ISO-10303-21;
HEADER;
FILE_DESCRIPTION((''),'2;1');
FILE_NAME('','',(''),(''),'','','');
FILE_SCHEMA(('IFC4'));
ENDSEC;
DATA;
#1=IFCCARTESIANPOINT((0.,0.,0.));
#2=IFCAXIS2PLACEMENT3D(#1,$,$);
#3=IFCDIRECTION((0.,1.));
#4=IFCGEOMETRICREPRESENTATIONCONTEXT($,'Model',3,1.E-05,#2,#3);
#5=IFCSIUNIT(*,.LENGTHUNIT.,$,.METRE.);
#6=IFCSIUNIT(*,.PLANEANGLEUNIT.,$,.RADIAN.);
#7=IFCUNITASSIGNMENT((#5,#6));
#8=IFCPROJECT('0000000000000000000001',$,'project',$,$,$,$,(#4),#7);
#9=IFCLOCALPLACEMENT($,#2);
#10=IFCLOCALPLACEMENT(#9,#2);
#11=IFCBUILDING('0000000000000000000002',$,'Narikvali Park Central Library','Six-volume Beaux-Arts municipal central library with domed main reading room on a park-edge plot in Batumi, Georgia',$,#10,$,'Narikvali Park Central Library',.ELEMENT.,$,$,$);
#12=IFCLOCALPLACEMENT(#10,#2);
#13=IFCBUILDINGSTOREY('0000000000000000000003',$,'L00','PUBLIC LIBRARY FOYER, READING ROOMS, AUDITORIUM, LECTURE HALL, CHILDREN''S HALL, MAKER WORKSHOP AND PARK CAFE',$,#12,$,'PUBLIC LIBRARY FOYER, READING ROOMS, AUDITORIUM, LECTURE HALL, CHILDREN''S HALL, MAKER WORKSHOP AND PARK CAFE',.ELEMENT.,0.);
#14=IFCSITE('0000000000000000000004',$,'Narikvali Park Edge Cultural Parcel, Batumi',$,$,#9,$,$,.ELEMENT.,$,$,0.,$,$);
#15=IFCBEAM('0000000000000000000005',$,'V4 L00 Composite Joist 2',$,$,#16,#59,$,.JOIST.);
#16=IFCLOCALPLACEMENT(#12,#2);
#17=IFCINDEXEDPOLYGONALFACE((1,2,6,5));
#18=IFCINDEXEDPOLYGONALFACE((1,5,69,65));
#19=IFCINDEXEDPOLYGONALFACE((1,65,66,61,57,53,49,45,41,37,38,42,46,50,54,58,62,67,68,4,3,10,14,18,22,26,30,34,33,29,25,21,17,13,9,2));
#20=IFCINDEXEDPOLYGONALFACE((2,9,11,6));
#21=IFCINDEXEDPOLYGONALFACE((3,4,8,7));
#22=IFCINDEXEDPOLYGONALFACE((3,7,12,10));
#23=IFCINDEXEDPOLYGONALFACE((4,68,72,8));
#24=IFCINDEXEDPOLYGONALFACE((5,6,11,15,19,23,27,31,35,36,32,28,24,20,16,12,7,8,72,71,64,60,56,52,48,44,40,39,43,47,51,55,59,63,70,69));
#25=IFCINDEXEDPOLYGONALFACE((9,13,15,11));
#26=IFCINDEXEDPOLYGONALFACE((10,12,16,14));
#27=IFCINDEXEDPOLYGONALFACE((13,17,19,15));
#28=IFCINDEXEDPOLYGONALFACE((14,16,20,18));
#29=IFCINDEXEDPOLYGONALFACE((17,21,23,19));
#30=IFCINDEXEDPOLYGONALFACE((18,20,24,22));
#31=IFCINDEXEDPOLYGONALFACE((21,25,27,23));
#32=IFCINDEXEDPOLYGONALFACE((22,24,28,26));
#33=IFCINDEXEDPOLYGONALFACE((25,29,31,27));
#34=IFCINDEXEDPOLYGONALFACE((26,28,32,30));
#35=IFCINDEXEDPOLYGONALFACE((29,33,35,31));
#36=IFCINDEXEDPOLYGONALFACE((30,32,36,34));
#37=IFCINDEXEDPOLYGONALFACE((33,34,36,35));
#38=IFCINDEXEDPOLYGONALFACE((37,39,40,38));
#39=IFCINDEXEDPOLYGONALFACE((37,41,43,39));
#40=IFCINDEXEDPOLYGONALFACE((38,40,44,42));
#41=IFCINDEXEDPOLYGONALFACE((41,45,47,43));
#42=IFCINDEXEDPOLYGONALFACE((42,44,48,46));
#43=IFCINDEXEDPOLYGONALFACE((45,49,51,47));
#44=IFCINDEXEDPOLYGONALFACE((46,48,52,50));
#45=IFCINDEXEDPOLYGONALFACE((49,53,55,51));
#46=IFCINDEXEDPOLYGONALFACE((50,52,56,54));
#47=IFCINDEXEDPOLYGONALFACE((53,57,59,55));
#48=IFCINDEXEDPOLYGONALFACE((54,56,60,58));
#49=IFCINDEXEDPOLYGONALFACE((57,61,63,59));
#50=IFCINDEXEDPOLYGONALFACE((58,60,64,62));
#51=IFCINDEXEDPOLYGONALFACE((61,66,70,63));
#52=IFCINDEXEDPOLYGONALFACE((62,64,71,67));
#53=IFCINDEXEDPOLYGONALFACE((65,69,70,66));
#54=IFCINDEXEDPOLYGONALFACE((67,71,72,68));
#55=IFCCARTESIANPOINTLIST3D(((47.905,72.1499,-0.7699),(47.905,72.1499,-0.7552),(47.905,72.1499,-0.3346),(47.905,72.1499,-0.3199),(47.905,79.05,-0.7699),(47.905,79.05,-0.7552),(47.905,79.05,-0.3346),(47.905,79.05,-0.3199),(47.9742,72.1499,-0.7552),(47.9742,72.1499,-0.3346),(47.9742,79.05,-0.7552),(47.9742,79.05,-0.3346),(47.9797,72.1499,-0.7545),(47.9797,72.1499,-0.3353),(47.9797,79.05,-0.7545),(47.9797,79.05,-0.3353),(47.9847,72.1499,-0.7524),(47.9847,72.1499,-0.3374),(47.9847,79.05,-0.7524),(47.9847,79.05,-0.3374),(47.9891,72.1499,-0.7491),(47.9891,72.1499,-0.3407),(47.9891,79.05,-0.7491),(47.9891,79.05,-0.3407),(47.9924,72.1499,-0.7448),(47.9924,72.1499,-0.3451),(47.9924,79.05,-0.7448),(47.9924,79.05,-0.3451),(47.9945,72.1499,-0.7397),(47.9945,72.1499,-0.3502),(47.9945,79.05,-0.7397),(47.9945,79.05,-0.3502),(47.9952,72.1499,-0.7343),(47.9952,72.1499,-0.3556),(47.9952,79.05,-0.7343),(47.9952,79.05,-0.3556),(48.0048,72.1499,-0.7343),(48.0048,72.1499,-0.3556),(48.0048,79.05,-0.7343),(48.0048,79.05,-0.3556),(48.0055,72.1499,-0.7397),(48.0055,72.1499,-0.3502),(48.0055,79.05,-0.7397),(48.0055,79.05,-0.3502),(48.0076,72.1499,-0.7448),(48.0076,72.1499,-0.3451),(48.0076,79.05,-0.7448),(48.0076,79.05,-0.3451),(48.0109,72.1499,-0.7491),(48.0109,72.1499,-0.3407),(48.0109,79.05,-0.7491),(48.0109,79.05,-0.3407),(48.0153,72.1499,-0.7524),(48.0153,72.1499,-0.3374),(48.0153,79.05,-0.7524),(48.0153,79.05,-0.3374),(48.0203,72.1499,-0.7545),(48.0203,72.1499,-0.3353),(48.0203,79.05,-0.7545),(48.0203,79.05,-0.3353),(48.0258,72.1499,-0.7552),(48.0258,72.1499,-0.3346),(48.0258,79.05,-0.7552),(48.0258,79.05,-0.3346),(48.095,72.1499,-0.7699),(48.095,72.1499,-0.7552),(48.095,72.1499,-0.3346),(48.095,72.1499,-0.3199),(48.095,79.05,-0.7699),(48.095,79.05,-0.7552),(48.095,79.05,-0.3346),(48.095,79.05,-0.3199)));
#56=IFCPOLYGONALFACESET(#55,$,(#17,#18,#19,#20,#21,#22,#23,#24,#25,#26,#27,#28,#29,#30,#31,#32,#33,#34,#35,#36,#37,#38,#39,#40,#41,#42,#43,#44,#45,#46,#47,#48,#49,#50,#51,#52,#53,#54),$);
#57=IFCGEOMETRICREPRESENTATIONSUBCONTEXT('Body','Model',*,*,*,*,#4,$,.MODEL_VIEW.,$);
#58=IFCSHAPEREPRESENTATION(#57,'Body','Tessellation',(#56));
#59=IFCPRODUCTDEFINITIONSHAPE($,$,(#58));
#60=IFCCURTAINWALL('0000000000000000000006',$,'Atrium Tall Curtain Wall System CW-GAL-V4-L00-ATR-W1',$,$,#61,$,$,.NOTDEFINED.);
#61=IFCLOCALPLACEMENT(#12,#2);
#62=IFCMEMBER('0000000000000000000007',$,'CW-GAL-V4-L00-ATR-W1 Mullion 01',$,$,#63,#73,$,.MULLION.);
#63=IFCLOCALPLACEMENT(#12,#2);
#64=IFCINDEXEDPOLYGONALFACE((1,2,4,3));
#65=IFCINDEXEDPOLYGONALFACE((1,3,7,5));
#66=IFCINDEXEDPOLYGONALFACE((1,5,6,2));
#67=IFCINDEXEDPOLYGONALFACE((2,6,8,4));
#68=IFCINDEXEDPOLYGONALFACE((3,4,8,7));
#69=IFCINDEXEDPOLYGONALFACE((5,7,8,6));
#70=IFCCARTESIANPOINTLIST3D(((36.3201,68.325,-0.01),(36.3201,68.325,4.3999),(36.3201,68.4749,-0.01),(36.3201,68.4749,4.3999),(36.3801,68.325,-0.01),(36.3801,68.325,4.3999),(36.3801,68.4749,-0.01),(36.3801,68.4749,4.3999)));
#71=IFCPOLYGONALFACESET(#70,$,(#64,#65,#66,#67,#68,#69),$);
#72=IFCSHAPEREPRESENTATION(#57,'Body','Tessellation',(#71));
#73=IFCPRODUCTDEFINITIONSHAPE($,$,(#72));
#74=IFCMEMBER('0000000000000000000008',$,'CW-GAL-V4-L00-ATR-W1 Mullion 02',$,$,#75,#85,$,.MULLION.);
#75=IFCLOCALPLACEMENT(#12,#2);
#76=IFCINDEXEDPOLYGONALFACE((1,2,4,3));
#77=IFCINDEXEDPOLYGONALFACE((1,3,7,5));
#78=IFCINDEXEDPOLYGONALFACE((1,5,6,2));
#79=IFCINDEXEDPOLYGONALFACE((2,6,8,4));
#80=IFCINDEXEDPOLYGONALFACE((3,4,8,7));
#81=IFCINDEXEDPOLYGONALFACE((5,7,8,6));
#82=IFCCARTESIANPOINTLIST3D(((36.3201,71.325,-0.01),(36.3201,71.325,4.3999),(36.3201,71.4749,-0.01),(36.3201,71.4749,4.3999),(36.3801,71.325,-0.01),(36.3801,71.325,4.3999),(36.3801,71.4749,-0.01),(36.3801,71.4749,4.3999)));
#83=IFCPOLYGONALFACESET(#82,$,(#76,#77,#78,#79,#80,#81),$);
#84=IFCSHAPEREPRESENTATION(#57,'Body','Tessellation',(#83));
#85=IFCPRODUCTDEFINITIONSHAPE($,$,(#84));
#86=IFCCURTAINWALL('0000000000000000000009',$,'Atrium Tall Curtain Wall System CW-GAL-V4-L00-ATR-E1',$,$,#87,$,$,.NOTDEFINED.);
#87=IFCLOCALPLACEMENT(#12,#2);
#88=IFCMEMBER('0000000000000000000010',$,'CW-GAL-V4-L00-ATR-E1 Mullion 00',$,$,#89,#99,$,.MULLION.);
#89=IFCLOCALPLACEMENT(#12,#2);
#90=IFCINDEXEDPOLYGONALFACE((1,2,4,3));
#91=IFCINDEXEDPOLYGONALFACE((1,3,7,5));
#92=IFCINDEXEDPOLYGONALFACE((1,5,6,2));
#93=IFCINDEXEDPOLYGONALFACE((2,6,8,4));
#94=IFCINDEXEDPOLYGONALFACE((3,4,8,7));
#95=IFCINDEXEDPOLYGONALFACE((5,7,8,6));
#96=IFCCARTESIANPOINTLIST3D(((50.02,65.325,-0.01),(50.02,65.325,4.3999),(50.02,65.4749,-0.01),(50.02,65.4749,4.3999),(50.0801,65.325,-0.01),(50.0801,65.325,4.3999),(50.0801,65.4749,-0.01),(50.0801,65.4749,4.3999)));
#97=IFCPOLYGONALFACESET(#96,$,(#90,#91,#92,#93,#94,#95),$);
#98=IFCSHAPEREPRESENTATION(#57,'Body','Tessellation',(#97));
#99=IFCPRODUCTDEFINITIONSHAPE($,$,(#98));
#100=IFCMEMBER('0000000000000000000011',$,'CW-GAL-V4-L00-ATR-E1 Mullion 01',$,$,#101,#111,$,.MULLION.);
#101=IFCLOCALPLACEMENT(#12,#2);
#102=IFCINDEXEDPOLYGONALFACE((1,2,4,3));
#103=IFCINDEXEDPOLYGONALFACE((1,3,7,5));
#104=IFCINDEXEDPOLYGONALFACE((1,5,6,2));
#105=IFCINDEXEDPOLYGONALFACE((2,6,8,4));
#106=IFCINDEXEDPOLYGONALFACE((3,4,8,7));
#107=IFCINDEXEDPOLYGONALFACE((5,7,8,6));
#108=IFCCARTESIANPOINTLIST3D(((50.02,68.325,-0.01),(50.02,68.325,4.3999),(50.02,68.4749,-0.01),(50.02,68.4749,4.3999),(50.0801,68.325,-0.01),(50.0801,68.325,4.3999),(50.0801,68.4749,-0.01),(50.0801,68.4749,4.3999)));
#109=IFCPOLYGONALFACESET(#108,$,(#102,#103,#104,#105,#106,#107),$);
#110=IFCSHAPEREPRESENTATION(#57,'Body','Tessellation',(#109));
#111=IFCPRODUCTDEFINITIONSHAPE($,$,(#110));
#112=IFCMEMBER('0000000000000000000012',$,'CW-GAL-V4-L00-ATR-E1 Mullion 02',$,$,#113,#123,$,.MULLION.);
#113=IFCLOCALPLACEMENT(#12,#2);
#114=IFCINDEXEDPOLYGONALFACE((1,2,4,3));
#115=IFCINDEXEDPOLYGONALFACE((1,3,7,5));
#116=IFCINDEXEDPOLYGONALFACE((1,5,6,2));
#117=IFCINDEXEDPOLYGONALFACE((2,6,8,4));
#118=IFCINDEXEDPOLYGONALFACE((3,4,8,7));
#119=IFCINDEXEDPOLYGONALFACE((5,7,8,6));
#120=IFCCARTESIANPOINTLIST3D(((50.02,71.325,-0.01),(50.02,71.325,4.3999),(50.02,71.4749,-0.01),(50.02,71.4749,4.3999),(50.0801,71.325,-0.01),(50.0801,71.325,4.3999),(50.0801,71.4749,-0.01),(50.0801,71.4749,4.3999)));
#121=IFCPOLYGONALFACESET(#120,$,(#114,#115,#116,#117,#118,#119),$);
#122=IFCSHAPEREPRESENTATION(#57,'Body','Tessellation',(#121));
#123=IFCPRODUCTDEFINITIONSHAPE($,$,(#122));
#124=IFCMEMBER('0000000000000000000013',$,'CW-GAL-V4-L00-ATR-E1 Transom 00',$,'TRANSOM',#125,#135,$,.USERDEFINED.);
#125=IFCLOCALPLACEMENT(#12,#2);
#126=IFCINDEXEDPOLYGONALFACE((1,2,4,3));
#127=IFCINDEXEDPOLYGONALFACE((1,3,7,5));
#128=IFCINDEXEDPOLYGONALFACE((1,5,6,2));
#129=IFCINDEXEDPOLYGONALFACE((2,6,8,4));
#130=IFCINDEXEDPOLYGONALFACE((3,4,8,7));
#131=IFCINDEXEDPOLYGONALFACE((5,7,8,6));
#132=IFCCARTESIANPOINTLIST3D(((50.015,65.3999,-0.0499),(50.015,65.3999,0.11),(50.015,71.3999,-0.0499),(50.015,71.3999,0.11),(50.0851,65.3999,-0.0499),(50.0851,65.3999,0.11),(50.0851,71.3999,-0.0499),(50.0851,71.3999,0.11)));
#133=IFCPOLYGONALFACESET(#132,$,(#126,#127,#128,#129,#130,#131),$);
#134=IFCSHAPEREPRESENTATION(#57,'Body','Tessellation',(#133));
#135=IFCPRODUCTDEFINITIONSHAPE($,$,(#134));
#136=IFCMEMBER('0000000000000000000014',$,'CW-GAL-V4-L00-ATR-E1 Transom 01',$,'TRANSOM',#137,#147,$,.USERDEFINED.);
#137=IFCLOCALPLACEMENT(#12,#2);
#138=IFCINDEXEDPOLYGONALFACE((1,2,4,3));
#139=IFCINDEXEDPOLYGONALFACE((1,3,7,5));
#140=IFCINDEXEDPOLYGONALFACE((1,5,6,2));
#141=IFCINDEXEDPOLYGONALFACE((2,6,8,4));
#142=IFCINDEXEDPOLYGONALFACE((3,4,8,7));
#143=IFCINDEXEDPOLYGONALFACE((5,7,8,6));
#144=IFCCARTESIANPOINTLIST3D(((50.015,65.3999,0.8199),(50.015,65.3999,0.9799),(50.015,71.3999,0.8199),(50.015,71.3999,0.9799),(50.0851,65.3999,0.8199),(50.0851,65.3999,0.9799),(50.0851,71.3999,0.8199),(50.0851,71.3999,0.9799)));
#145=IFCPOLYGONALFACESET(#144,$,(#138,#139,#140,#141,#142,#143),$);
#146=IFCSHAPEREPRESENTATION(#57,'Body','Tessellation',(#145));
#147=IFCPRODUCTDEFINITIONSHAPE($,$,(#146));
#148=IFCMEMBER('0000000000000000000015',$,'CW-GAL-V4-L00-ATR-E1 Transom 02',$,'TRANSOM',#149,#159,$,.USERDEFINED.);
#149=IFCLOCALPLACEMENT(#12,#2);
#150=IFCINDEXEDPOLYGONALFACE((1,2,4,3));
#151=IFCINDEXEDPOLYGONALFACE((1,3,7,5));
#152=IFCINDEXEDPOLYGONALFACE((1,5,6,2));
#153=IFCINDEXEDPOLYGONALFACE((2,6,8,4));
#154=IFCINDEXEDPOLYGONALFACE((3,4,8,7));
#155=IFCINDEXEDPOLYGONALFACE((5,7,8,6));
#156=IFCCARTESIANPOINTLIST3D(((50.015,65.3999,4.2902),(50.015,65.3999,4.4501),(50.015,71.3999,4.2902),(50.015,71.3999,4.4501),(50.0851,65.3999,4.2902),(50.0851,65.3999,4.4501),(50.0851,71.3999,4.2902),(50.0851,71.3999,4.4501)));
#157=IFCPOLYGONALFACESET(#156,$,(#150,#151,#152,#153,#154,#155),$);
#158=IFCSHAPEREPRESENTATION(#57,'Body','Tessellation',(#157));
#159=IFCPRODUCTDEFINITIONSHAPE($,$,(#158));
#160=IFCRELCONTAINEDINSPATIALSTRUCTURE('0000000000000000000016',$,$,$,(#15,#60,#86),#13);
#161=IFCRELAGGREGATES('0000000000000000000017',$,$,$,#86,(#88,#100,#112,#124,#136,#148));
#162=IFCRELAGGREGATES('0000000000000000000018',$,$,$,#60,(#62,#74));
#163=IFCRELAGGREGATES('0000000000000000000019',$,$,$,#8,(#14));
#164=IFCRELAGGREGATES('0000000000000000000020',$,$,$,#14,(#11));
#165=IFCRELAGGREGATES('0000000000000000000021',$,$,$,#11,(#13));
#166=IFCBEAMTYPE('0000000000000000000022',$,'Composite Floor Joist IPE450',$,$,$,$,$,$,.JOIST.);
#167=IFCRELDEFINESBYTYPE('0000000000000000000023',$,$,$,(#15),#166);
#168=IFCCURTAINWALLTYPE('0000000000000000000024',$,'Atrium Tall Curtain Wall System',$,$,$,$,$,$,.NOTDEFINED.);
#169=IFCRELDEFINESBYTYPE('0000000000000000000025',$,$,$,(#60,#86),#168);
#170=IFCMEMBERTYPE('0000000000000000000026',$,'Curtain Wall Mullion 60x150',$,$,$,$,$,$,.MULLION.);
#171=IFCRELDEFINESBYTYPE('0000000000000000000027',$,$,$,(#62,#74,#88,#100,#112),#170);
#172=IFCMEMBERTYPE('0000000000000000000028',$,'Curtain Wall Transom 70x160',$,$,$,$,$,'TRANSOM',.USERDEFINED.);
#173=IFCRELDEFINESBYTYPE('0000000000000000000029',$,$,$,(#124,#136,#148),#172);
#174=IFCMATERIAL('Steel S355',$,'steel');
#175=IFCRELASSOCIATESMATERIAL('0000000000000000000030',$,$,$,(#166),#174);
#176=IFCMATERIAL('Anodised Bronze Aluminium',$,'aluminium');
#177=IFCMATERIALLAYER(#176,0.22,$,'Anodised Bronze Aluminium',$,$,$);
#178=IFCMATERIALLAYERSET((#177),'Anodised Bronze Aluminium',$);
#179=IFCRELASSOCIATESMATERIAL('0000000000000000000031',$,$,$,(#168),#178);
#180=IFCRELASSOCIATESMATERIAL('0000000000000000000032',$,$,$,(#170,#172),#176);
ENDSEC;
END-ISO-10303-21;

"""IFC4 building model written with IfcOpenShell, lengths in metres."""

from ifc_helpers import new_model, si_unit, direction, frame, origin, origin_2d, place, context, subcontext, project, spatial, rectangle, i_section, extrude, material, layer, layer_set, material_profile, profile_set, type_object, element, aggregate, save


model = new_model("IFC4")

# Units and contexts
model_context = context("Model", 3, precision=1e-05, world=origin(), true_north=direction((0.0, 1.0)))
body_context = subcontext(model_context, "Body", "Model", "MODEL_VIEW")
ifc_project = project(units=[si_unit("LENGTHUNIT", "METRE"), si_unit("PLANEANGLEUNIT", "RADIAN")], contexts=[model_context])

# Site, building, storey
site_placement = place(None, origin())
site = spatial("IfcSite", under=ifc_project, at=site_placement, Name="Narikvali Park Edge Cultural Parcel, Batumi", CompositionType="ELEMENT", RefElevation=0.0)
building_placement = place(site_placement, origin())
building = spatial("IfcBuilding", under=site, at=building_placement, Name="Narikvali Park Central Library", Description="Six-volume Beaux-Arts municipal central library with domed main reading room on a park-edge plot in Batumi, Georgia", LongName="Narikvali Park Central Library", CompositionType="ELEMENT")
storey_placement = place(building_placement, origin())
storey = spatial("IfcBuildingStorey", under=building, at=storey_placement, Name="L00", Description="PUBLIC LIBRARY FOYER, READING ROOMS, AUDITORIUM, LECTURE HALL, CHILDREN'S HALL, MAKER WORKSHOP AND PARK CAFE", LongName="PUBLIC LIBRARY FOYER, READING ROOMS, AUDITORIUM, LECTURE HALL, CHILDREN'S HALL, MAKER WORKSHOP AND PARK CAFE", CompositionType="ELEMENT", Elevation=0.0)

# Shared definitions
ifc_material_1 = material(Name="Steel S355", Category="steel")

# Beam
ifc_material_profile_1 = material_profile(ifc_material_1, i_section(OverallWidth=0.1899, OverallDepth=0.45, WebThickness=0.0095, FlangeThickness=0.0146, FilletRadius=0.021, at=origin_2d()), Name="IPE 450")
ifc_profile_set_1 = profile_set([ifc_material_profile_1], Name="Steel S355")
beam_type_1 = type_object("IfcBeamType", Name="Composite Floor Joist IPE450", PredefinedType="JOIST", material=ifc_profile_set_1)
for number, where, z_axis, x_axis, name in (
    (1, (48.0, 72.1499, -0.5449), (0.0, 1.0, 0.0), (-1.0, 0.0, 0.0), "V4 L00 Composite Joist 2"),
):
    element("IfcBeam", number, at=place(storey_placement, frame(where, z_axis=z_axis, x_axis=x_axis)), inside=storey, type_object=beam_type_1, Name=name, PredefinedType="JOIST", context=body_context, shape_type="SweptSolid", body=[
        extrude(i_section(OverallWidth=0.1899, OverallDepth=0.45, WebThickness=0.0095, FlangeThickness=0.0146, FilletRadius=0.021, at=origin_2d()), origin(), (0.0, 0.0, 1.0), 6.9001),
    ])

# Curtain walls, members
ifc_material_2 = material(Name="Anodised Bronze Aluminium", Category="aluminium")
ifc_layer_1 = layer(ifc_material_2, 0.22, Name="Anodised Bronze Aluminium")
ifc_layer_set_1 = layer_set([ifc_layer_1], Name="Anodised Bronze Aluminium")
curtain_wall_type = type_object("IfcCurtainWallType", Name="Atrium Tall Curtain Wall System", PredefinedType="NOTDEFINED", material=ifc_layer_set_1)
curtain_wall_1_placement = place(storey_placement, origin())
curtain_wall_1 = element("IfcCurtainWall", 2, at=curtain_wall_1_placement, inside=storey, type_object=curtain_wall_type, Name="Atrium Tall Curtain Wall System CW-GAL-V4-L00-ATR-W1", PredefinedType="NOTDEFINED")
ifc_material_profile_2 = material_profile(ifc_material_2, rectangle(XDim=0.0601, YDim=0.1499, at=origin_2d()), Name="CW MULLION 60x150")
ifc_profile_set_2 = profile_set([ifc_material_profile_2], Name="Anodised Bronze Aluminium")
member_type_1 = type_object("IfcMemberType", Name="Curtain Wall Mullion 60x150", PredefinedType="MULLION", material=ifc_profile_set_2)
member_1_placement = place(storey_placement, frame((36.3501, 68.3999, -0.01), z_axis=(0.0, 0.0, 1.0), x_axis=(1.0, 0.0, 0.0)))
member_1 = element("IfcMember", 3, at=member_1_placement, type_object=member_type_1, Name="CW-GAL-V4-L00-ATR-W1 Mullion 01", PredefinedType="MULLION", context=body_context, shape_type="SweptSolid", body=[
    extrude(rectangle(XDim=0.0601, YDim=0.1499, at=origin_2d()), origin(), (0.0, 0.0, 1.0), 4.4099),
])
member_2_placement = place(storey_placement, frame((36.3501, 71.3999, -0.01), z_axis=(0.0, 0.0, 1.0), x_axis=(1.0, 0.0, 0.0)))
member_2 = element("IfcMember", 4, at=member_2_placement, type_object=member_type_1, Name="CW-GAL-V4-L00-ATR-W1 Mullion 02", PredefinedType="MULLION", context=body_context, shape_type="SweptSolid", body=[
    extrude(rectangle(XDim=0.0601, YDim=0.1499, at=origin_2d()), origin(), (0.0, 0.0, 1.0), 4.4099),
])
curtain_wall_2_placement = place(storey_placement, origin())
curtain_wall_2 = element("IfcCurtainWall", 5, at=curtain_wall_2_placement, inside=storey, type_object=curtain_wall_type, Name="Atrium Tall Curtain Wall System CW-GAL-V4-L00-ATR-E1", PredefinedType="NOTDEFINED")
member_3_placement = place(storey_placement, frame((50.05, 65.3999, -0.01), z_axis=(0.0, 0.0, 1.0), x_axis=(1.0, 0.0, 0.0)))
member_3 = element("IfcMember", 6, at=member_3_placement, type_object=member_type_1, Name="CW-GAL-V4-L00-ATR-E1 Mullion 00", PredefinedType="MULLION", context=body_context, shape_type="SweptSolid", body=[
    extrude(rectangle(XDim=0.0601, YDim=0.1499, at=origin_2d()), origin(), (0.0, 0.0, 1.0), 4.4099),
])
member_4_placement = place(storey_placement, frame((50.05, 68.3999, -0.01), z_axis=(0.0, 0.0, 1.0), x_axis=(1.0, 0.0, 0.0)))
member_4 = element("IfcMember", 7, at=member_4_placement, type_object=member_type_1, Name="CW-GAL-V4-L00-ATR-E1 Mullion 01", PredefinedType="MULLION", context=body_context, shape_type="SweptSolid", body=[
    extrude(rectangle(XDim=0.0601, YDim=0.1499, at=origin_2d()), origin(), (0.0, 0.0, 1.0), 4.4099),
])
member_5_placement = place(storey_placement, frame((50.05, 71.3999, -0.01), z_axis=(0.0, 0.0, 1.0), x_axis=(1.0, 0.0, 0.0)))
member_5 = element("IfcMember", 8, at=member_5_placement, type_object=member_type_1, Name="CW-GAL-V4-L00-ATR-E1 Mullion 02", PredefinedType="MULLION", context=body_context, shape_type="SweptSolid", body=[
    extrude(rectangle(XDim=0.0601, YDim=0.1499, at=origin_2d()), origin(), (0.0, 0.0, 1.0), 4.4099),
])
ifc_material_profile_3 = material_profile(ifc_material_2, rectangle(XDim=0.0701, YDim=0.1599, at=origin_2d()), Name="CW TRANSOM 70x160")
ifc_profile_set_3 = profile_set([ifc_material_profile_3], Name="Anodised Bronze Aluminium")
member_type_2 = type_object("IfcMemberType", Name="Curtain Wall Transom 70x160", ElementType="TRANSOM", PredefinedType="USERDEFINED", material=ifc_profile_set_3)
member_6_placement = place(storey_placement, frame((50.05, 65.3999, 0.03), z_axis=(0.0, 1.0, 0.0), x_axis=(-1.0, 0.0, 0.0)))
member_6 = element("IfcMember", 9, at=member_6_placement, type_object=member_type_2, Name="CW-GAL-V4-L00-ATR-E1 Transom 00", ObjectType="TRANSOM", PredefinedType="USERDEFINED", context=body_context, shape_type="SweptSolid", body=[
    extrude(rectangle(XDim=0.0701, YDim=0.1599, at=origin_2d()), origin(), (0.0, 0.0, 1.0), 6.0),
])
member_7_placement = place(storey_placement, frame((50.05, 65.3999, 0.8999), z_axis=(0.0, 1.0, 0.0), x_axis=(-1.0, 0.0, 0.0)))
member_7 = element("IfcMember", 10, at=member_7_placement, type_object=member_type_2, Name="CW-GAL-V4-L00-ATR-E1 Transom 01", ObjectType="TRANSOM", PredefinedType="USERDEFINED", context=body_context, shape_type="SweptSolid", body=[
    extrude(rectangle(XDim=0.0701, YDim=0.1599, at=origin_2d()), origin(), (0.0, 0.0, 1.0), 6.0),
])
member_8_placement = place(storey_placement, frame((50.05, 65.3999, 4.3701), z_axis=(0.0, 1.0, 0.0), x_axis=(-1.0, 0.0, 0.0)))
member_8 = element("IfcMember", 11, at=member_8_placement, type_object=member_type_2, Name="CW-GAL-V4-L00-ATR-E1 Transom 02", ObjectType="TRANSOM", PredefinedType="USERDEFINED", context=body_context, shape_type="SweptSolid", body=[
    extrude(rectangle(XDim=0.0701, YDim=0.1599, at=origin_2d()), origin(), (0.0, 0.0, 1.0), 6.0),
])

aggregate(curtain_wall_2, [member_3, member_4, member_5, member_6, member_7, member_8])
aggregate(curtain_wall_1, [member_1, member_2])

save(model, "model.ifc")
